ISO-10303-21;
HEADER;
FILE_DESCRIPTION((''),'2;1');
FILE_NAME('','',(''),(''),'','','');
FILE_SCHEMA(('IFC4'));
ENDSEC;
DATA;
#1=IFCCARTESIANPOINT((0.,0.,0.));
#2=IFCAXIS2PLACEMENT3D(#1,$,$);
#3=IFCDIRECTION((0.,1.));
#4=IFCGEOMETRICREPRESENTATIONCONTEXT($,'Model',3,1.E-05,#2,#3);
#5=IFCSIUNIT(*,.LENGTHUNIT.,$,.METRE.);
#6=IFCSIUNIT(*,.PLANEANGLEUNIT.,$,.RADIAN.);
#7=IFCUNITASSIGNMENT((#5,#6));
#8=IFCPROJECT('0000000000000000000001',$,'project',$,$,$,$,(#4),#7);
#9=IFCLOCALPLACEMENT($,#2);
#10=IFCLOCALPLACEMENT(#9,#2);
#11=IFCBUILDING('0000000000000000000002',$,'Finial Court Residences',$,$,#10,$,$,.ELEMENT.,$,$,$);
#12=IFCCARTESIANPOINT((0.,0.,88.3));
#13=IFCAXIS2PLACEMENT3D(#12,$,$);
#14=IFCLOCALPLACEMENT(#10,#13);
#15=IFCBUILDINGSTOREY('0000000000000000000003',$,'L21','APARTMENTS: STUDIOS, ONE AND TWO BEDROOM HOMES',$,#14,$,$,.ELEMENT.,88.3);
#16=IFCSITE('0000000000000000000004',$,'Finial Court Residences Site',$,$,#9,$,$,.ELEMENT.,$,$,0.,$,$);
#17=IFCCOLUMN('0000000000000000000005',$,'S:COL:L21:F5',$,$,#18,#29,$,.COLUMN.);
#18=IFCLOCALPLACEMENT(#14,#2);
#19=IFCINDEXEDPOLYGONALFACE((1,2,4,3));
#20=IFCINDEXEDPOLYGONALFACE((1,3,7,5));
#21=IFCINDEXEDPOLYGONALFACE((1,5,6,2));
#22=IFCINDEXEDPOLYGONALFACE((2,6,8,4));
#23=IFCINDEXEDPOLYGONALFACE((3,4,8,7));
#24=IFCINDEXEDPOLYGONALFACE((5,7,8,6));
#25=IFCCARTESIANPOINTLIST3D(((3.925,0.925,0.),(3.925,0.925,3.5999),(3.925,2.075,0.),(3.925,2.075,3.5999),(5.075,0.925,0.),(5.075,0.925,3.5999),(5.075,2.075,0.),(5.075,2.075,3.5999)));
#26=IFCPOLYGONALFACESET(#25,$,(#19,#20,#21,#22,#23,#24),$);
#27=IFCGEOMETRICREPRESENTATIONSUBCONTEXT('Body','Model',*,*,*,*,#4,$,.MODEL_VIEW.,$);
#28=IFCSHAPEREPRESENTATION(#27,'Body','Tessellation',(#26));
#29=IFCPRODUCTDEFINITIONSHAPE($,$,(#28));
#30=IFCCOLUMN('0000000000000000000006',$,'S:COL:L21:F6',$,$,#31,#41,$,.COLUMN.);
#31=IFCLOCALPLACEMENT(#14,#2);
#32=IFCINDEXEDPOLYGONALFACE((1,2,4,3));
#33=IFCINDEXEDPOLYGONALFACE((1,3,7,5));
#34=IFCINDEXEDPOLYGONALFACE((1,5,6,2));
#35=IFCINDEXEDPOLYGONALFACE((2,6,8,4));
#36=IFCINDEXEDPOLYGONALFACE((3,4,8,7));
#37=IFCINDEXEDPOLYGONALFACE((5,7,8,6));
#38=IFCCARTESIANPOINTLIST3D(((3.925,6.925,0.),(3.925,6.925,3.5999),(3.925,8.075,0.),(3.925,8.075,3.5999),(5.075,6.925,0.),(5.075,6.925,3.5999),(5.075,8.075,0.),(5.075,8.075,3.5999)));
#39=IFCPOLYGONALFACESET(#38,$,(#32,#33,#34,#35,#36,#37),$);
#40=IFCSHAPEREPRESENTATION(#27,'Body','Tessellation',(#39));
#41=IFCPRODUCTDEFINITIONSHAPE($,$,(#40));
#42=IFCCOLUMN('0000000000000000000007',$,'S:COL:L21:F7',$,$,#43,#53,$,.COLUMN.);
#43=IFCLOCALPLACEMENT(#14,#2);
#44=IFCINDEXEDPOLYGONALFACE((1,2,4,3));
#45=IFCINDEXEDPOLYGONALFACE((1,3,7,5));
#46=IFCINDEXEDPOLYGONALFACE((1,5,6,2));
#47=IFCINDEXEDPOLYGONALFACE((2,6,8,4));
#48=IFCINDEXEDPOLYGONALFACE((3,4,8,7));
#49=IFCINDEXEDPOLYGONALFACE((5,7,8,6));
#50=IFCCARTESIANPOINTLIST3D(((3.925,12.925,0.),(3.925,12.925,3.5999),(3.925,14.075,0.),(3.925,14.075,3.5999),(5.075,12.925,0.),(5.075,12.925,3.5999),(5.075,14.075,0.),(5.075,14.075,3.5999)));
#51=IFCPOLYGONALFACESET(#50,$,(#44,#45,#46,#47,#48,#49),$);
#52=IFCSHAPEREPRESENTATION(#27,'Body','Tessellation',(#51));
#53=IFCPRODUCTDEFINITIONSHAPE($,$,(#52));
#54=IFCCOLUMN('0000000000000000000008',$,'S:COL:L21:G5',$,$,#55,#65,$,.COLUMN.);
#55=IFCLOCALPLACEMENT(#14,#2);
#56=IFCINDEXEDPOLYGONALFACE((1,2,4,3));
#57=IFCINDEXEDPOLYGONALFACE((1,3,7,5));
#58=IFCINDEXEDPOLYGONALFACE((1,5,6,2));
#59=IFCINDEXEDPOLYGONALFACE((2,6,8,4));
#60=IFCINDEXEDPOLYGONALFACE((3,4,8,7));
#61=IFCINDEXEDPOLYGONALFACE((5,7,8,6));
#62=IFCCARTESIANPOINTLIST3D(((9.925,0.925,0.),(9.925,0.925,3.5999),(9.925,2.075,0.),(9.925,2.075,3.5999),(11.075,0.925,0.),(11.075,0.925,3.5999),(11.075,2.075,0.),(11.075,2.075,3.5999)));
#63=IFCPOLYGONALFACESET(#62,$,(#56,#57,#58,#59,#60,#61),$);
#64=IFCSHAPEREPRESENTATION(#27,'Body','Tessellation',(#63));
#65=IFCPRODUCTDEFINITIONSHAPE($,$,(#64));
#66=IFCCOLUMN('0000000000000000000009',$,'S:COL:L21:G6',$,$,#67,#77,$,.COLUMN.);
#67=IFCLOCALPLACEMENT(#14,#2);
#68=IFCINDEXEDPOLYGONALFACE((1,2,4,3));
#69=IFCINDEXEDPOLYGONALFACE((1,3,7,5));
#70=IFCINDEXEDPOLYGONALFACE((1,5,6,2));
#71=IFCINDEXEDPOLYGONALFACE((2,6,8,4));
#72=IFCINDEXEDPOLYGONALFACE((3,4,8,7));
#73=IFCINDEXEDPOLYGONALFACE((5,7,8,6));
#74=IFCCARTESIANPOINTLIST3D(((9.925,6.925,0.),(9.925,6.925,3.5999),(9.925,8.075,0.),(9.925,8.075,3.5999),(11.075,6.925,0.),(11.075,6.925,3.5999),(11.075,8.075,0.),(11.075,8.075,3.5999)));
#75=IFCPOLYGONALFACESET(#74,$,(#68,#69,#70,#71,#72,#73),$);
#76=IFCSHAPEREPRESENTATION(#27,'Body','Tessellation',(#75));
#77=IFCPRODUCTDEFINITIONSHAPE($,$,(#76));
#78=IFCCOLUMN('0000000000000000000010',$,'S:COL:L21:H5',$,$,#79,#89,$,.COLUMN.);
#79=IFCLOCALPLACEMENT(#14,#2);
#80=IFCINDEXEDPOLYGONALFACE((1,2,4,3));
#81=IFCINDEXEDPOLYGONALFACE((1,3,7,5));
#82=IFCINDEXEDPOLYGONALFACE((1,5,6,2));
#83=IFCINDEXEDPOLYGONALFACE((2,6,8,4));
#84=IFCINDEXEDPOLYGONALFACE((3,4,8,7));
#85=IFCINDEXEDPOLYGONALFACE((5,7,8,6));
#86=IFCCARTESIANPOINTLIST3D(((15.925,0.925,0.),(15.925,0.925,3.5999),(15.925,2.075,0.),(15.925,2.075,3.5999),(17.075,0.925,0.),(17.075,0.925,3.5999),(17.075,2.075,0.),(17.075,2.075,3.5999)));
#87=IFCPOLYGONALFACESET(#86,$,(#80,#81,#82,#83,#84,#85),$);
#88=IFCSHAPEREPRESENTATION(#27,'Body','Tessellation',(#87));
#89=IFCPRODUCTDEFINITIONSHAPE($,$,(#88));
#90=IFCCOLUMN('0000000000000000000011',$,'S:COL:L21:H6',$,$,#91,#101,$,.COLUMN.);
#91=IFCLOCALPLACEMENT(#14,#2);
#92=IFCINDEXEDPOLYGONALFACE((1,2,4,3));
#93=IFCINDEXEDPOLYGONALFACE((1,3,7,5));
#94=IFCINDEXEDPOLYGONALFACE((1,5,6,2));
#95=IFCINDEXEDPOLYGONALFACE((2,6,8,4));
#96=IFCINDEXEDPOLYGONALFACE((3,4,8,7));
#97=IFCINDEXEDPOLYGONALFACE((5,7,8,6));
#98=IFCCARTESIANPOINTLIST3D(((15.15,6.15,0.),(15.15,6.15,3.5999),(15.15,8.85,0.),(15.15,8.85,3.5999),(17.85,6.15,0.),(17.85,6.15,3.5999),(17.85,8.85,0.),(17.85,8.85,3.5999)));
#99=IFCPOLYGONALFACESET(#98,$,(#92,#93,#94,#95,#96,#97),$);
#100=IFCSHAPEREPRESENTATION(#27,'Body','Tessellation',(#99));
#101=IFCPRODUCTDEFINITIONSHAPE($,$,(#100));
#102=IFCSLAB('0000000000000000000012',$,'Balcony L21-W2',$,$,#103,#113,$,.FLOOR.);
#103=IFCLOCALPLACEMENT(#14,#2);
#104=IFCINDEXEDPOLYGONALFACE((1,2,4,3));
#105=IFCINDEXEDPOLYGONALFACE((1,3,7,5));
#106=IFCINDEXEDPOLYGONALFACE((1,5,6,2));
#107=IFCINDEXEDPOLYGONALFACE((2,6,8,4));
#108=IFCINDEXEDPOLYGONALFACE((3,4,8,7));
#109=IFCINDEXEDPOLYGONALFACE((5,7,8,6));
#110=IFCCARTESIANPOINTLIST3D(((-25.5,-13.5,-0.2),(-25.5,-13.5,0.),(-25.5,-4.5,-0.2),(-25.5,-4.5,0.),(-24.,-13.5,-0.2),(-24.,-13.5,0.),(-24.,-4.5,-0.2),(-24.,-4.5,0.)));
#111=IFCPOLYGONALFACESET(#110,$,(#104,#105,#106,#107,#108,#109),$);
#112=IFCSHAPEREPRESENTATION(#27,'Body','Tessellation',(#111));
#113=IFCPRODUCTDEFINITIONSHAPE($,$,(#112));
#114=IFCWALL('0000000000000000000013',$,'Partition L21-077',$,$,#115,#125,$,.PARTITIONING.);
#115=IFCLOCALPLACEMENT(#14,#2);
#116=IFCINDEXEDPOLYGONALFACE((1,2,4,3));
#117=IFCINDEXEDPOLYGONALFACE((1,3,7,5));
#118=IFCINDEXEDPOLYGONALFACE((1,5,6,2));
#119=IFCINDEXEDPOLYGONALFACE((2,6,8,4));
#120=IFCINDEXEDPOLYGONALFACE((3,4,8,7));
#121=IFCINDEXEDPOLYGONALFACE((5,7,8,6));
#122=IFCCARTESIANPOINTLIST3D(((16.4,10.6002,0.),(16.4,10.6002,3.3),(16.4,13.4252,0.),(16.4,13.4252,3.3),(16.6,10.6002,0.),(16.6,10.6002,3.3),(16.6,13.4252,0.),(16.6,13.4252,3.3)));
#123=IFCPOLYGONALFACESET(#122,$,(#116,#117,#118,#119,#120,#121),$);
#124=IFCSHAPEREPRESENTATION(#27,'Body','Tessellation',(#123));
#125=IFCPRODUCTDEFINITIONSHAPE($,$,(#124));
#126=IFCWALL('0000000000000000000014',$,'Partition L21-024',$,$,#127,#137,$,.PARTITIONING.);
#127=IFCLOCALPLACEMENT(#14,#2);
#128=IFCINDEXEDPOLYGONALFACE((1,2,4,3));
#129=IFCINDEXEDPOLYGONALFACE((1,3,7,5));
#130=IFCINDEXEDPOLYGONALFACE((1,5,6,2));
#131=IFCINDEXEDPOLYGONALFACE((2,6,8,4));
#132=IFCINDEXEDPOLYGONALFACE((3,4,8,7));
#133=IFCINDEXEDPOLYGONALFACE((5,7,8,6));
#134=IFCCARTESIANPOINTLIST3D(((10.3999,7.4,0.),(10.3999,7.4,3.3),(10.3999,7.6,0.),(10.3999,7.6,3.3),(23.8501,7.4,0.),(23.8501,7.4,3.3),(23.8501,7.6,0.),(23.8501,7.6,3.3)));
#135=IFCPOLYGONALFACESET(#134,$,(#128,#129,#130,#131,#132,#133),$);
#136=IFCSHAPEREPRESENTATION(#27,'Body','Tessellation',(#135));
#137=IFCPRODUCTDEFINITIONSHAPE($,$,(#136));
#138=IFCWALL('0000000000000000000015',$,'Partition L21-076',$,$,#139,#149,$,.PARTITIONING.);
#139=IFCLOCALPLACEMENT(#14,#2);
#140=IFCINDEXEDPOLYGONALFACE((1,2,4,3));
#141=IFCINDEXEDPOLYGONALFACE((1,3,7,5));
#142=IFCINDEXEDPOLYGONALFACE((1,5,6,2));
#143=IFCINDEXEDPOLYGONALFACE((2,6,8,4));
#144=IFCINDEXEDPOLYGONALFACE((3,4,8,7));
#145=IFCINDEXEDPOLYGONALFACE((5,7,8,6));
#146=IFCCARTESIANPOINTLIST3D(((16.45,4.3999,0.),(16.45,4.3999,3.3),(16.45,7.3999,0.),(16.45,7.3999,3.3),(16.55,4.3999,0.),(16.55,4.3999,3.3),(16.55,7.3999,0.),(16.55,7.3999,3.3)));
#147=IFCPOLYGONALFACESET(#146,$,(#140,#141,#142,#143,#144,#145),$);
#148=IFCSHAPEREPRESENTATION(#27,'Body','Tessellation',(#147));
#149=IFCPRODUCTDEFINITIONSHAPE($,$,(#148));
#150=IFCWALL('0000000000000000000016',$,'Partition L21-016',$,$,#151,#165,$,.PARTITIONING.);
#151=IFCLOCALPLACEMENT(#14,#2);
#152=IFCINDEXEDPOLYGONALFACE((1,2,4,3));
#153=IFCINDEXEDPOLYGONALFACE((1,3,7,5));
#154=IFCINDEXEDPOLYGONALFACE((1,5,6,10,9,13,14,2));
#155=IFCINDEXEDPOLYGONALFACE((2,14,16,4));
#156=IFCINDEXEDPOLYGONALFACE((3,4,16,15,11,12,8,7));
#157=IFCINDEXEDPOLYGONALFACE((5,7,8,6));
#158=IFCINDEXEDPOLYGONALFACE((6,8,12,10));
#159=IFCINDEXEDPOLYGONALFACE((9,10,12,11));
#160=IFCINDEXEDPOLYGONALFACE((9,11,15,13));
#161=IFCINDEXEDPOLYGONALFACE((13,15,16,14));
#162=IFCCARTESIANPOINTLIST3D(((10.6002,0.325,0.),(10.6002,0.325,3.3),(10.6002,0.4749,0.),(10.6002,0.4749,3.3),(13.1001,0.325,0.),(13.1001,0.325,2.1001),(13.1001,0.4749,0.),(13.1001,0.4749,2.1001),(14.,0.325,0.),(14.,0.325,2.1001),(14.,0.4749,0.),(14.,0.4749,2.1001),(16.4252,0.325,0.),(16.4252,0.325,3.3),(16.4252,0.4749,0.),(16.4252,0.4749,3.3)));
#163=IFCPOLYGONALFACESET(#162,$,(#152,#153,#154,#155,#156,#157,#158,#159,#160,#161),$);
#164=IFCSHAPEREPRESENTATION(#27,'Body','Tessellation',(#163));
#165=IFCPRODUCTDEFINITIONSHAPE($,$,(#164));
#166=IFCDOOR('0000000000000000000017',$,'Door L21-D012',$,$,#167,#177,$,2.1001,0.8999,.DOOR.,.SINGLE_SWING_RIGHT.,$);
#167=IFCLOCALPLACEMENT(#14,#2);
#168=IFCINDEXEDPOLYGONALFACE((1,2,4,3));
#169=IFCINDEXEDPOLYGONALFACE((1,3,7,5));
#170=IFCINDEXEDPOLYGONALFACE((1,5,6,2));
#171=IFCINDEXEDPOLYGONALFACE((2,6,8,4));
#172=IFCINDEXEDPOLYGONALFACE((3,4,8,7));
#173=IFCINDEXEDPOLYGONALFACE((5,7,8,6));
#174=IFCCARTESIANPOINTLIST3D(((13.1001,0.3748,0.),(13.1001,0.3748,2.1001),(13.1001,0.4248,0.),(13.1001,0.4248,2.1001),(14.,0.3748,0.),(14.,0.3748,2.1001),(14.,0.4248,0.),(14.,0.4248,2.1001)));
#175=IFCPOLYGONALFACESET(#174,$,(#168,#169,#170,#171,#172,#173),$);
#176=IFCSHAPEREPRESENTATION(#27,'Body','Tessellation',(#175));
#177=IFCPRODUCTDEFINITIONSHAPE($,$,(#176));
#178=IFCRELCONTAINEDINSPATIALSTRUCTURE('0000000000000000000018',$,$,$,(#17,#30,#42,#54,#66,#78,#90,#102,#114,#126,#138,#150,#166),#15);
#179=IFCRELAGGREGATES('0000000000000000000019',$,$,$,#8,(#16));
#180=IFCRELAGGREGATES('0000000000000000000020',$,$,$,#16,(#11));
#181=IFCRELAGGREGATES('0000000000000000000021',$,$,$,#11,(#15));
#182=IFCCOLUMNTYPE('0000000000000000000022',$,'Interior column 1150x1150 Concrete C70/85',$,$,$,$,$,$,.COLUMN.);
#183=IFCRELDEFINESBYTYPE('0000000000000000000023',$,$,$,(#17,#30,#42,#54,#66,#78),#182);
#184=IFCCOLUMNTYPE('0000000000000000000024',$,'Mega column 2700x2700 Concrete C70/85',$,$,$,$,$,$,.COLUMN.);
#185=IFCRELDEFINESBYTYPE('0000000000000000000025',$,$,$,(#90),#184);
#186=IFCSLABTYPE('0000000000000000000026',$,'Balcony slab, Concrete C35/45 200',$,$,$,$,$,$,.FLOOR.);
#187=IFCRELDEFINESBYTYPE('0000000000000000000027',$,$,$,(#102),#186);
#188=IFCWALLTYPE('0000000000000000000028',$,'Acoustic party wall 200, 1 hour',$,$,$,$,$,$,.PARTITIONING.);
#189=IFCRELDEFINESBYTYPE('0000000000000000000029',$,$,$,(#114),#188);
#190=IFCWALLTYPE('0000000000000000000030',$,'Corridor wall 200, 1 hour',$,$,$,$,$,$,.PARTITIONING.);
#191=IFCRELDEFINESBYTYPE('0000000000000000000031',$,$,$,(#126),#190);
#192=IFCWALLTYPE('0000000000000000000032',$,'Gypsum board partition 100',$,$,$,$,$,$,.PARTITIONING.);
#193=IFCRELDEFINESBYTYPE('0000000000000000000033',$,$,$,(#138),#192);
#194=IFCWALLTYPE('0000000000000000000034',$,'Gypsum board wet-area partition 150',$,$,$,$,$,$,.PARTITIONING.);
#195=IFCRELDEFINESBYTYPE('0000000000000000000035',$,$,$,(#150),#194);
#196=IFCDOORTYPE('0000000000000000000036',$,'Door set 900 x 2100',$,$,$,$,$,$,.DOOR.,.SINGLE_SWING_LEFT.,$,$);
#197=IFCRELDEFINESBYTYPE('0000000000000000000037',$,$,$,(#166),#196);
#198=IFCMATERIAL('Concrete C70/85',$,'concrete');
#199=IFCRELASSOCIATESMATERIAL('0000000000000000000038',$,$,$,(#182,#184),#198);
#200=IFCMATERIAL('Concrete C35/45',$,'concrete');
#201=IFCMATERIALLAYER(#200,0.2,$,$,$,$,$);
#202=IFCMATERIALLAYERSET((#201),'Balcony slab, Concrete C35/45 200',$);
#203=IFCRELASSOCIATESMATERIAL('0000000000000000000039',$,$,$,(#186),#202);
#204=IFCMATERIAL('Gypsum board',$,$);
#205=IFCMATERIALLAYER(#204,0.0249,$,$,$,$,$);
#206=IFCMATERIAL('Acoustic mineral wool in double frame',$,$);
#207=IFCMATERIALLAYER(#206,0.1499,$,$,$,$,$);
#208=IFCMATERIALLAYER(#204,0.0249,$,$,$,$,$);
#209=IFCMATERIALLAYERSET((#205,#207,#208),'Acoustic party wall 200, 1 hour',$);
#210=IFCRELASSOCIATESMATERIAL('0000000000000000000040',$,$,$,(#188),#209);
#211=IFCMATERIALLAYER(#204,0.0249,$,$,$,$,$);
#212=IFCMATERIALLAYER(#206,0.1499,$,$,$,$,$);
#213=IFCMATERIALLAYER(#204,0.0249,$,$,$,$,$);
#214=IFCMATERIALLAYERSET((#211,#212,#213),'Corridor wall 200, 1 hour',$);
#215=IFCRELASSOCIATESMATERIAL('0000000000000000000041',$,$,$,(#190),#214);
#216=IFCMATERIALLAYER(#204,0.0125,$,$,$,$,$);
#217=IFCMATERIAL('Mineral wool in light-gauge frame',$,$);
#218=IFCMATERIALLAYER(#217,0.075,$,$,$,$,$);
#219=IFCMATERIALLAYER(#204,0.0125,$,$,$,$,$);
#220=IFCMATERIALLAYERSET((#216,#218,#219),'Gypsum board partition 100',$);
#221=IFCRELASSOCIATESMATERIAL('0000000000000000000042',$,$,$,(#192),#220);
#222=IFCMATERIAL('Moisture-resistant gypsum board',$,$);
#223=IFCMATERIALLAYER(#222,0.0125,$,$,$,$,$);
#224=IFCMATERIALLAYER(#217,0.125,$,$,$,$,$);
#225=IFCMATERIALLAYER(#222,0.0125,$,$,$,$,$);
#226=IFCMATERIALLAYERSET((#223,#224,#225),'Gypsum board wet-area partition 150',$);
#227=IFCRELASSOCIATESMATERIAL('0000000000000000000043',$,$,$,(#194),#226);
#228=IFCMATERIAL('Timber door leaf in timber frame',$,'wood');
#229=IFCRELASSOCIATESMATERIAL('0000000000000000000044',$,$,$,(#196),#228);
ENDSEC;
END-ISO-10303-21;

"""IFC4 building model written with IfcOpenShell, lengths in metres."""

from ifc_helpers import new_model, si_unit, direction, frame, frame_2d, origin, origin_2d, place, context, subcontext, project, spatial, polyline, rectangle, outline, extrude, material, layer, layer_set, material_profile, profile_set, type_object, element, fill, save


model = new_model("IFC4")

# Units and contexts
model_context = context("Model", 3, precision=1e-05, world=origin(), true_north=direction((0.0, 1.0)))
body_context = subcontext(model_context, "Body", "Model", "MODEL_VIEW")
ifc_project = project(units=[si_unit("LENGTHUNIT", "METRE"), si_unit("PLANEANGLEUNIT", "RADIAN")], contexts=[model_context])

# Site, building, storey
site_placement = place(None, origin())
site = spatial("IfcSite", under=ifc_project, at=site_placement, Name="Finial Court Residences Site", CompositionType="ELEMENT", RefElevation=0.0)
building_placement = place(site_placement, origin())
building = spatial("IfcBuilding", under=site, at=building_placement, Name="Finial Court Residences", CompositionType="ELEMENT")
storey_placement = place(building_placement, frame((0.0, 0.0, 88.3)))
storey = spatial("IfcBuildingStorey", under=building, at=storey_placement, Name="L21", Description="APARTMENTS: STUDIOS, ONE AND TWO BEDROOM HOMES", CompositionType="ELEMENT", Elevation=88.3)

# Columns
ifc_material_1 = material(Name="Concrete C70/85", Category="concrete")
ifc_material_profile_1 = material_profile(ifc_material_1, rectangle(XDim=1.1499, YDim=1.1499, at=origin_2d()), Name="1150x1150")
ifc_profile_set_1 = profile_set([ifc_material_profile_1], Name="Concrete C70/85")
column_type_1 = type_object("IfcColumnType", Name="Interior column 1150x1150 Concrete C70/85", PredefinedType="COLUMN", material=ifc_profile_set_1)
for number, where, z_axis, x_axis, name in (
    (1, (4.5, 1.5, 0.0), (0.0, 0.0, 1.0), (1.0, 0.0, 0.0), "S:COL:L21:F5"),
    (2, (4.5, 7.5, 0.0), (0.0, 0.0, 1.0), (1.0, 0.0, 0.0), "S:COL:L21:F6"),
    (3, (4.5, 13.5, 0.0), (0.0, 0.0, 1.0), (1.0, 0.0, 0.0), "S:COL:L21:F7"),
    (4, (10.5, 1.5, 0.0), (0.0, 0.0, 1.0), (1.0, 0.0, 0.0), "S:COL:L21:G5"),
    (5, (10.5, 7.5, 0.0), (0.0, 0.0, 1.0), (1.0, 0.0, 0.0), "S:COL:L21:G6"),
    (6, (16.5, 1.5, 0.0), (0.0, 0.0, 1.0), (1.0, 0.0, 0.0), "S:COL:L21:H5"),
):
    element("IfcColumn", number, at=place(storey_placement, frame(where, z_axis=z_axis, x_axis=x_axis)), inside=storey, type_object=column_type_1, Name=name, PredefinedType="COLUMN", context=body_context, shape_type="SweptSolid", body=[
        extrude(rectangle(XDim=1.1499, YDim=1.1499, at=origin_2d()), origin(), (0.0, 0.0, 1.0), 3.5999),
    ])
ifc_material_profile_2 = material_profile(ifc_material_1, rectangle(XDim=2.7, YDim=2.7, at=origin_2d()), Name="2700x2700")
ifc_profile_set_2 = profile_set([ifc_material_profile_2], Name="Concrete C70/85")
column_type_2 = type_object("IfcColumnType", Name="Mega column 2700x2700 Concrete C70/85", PredefinedType="COLUMN", material=ifc_profile_set_2)
column_placement = place(storey_placement, frame((16.5, 7.5, 0.0), z_axis=(0.0, 0.0, 1.0), x_axis=(1.0, 0.0, 0.0)))
element("IfcColumn", 7, at=column_placement, inside=storey, type_object=column_type_2, Name="S:COL:L21:H6", PredefinedType="COLUMN", context=body_context, shape_type="SweptSolid", body=[
    extrude(rectangle(XDim=2.7, YDim=2.7, at=origin_2d()), origin(), (0.0, 0.0, 1.0), 3.5999),
])

# Slab
ifc_material_2 = material(Name="Concrete C35/45", Category="concrete")
ifc_layer_1 = layer(ifc_material_2, 0.2)
ifc_layer_set_1 = layer_set([ifc_layer_1], Name="Balcony slab, Concrete C35/45 200")
slab_type = type_object("IfcSlabType", Name="Balcony slab, Concrete C35/45 200", PredefinedType="FLOOR", material=ifc_layer_set_1)
slab_placement = place(storey_placement, frame((0.0, 0.0, -0.2)))
element("IfcSlab", 8, at=slab_placement, inside=storey, type_object=slab_type, Name="Balcony L21-W2", PredefinedType="FLOOR", context=body_context, shape_type="SweptSolid", body=[
    extrude(outline(polyline([(-24.0, -13.5), (-24.0, -4.5), (-25.5, -4.5), (-25.5, -13.5), (-24.0, -13.5)])), origin(), (0.0, 0.0, 1.0), 0.2),
])

# Walls
ifc_material_3 = material(Name="Gypsum board")
ifc_layer_2 = layer(ifc_material_3, 0.0249)
ifc_material_4 = material(Name="Acoustic mineral wool in double frame")
ifc_layer_3 = layer(ifc_material_4, 0.1499)
ifc_layer_4 = layer(ifc_material_3, 0.0249)
ifc_layer_set_2 = layer_set([ifc_layer_2, ifc_layer_3, ifc_layer_4], Name="Acoustic party wall 200, 1 hour")
wall_type_1 = type_object("IfcWallType", Name="Acoustic party wall 200, 1 hour", PredefinedType="PARTITIONING", material=ifc_layer_set_2)
wall_1_placement = place(storey_placement, frame((16.5, 10.6001, 0.0), z_axis=(0.0, 0.0, 1.0), x_axis=(0.0, 1.0, 0.0)))
element("IfcWall", 9, at=wall_1_placement, inside=storey, type_object=wall_type_1, Name="Partition L21-077", PredefinedType="PARTITIONING", context=body_context, shape_type="SweptSolid", body=[
    extrude(rectangle(XDim=2.825, YDim=0.2, at=frame_2d((1.4126, 0.0))), origin(), (0.0, 0.0, 1.0), 3.3),
])
ifc_layer_5 = layer(ifc_material_3, 0.0249)
ifc_layer_6 = layer(ifc_material_4, 0.1499)
ifc_layer_7 = layer(ifc_material_3, 0.0249)
ifc_layer_set_3 = layer_set([ifc_layer_5, ifc_layer_6, ifc_layer_7], Name="Corridor wall 200, 1 hour")
wall_type_2 = type_object("IfcWallType", Name="Corridor wall 200, 1 hour", PredefinedType="PARTITIONING", material=ifc_layer_set_3)
wall_2_placement = place(storey_placement, frame((10.3999, 7.5, 0.0), z_axis=(0.0, 0.0, 1.0), x_axis=(1.0, 0.0, 0.0)))
element("IfcWall", 10, at=wall_2_placement, inside=storey, type_object=wall_type_2, Name="Partition L21-024", PredefinedType="PARTITIONING", context=body_context, shape_type="SweptSolid", body=[
    extrude(rectangle(XDim=13.4502, YDim=0.2, at=frame_2d((6.7251, 0.0))), origin(), (0.0, 0.0, 1.0), 3.3),
])
ifc_layer_8 = layer(ifc_material_3, 0.0125)
ifc_material_5 = material(Name="Mineral wool in light-gauge frame")
ifc_layer_9 = layer(ifc_material_5, 0.075)
ifc_layer_10 = layer(ifc_material_3, 0.0125)
ifc_layer_set_4 = layer_set([ifc_layer_8, ifc_layer_9, ifc_layer_10], Name="Gypsum board partition 100")
wall_type_3 = type_object("IfcWallType", Name="Gypsum board partition 100", PredefinedType="PARTITIONING", material=ifc_layer_set_4)
wall_3_placement = place(storey_placement, frame((16.5, 4.3999, 0.0), z_axis=(0.0, 0.0, 1.0), x_axis=(0.0, 1.0, 0.0)))
element("IfcWall", 11, at=wall_3_placement, inside=storey, type_object=wall_type_3, Name="Partition L21-076", PredefinedType="PARTITIONING", context=body_context, shape_type="SweptSolid", body=[
    extrude(rectangle(XDim=3.0, YDim=0.1001, at=frame_2d((1.5, 0.0))), origin(), (0.0, 0.0, 1.0), 3.3),
])

# Wall, opening, door
ifc_material_6 = material(Name="Moisture-resistant gypsum board")
ifc_layer_11 = layer(ifc_material_6, 0.0125)
ifc_layer_12 = layer(ifc_material_5, 0.125)
ifc_layer_13 = layer(ifc_material_6, 0.0125)
ifc_layer_set_5 = layer_set([ifc_layer_11, ifc_layer_12, ifc_layer_13], Name="Gypsum board wet-area partition 150")
wall_type_4 = type_object("IfcWallType", Name="Gypsum board wet-area partition 150", PredefinedType="PARTITIONING", material=ifc_layer_set_5)
wall_4_placement = place(storey_placement, frame((10.6001, 0.3999, 0.0), z_axis=(0.0, 0.0, 1.0), x_axis=(1.0, 0.0, 0.0)))
wall_4 = element("IfcWall", 12, at=wall_4_placement, inside=storey, type_object=wall_type_4, Name="Partition L21-016", PredefinedType="PARTITIONING", context=body_context, shape_type="SweptSolid", body=[
    extrude(rectangle(XDim=5.825, YDim=0.1499, at=frame_2d((2.9126, 0.0))), origin(), (0.0, 0.0, 1.0), 3.3),
])
opening_1_placement = place(wall_4_placement, frame((2.5, 0.0, 0.0)))
opening_1 = element("IfcOpeningElement", 13, at=opening_1_placement, cuts=wall_4, PredefinedType="OPENING", context=body_context, shape_type="SweptSolid", body=[
    extrude(rectangle(XDim=0.8999, YDim=2.1001, at=frame_2d((0.45, 1.05))), frame((0.0, 0.085, 0.0), z_axis=(0.0, -1.0, 0.0), x_axis=(1.0, 0.0, 0.0)), (0.0, 0.0, 1.0), 0.1699),
])
ifc_material_7 = material(Name="Timber door leaf in timber frame", Category="wood")
door_type = type_object("IfcDoorType", Name="Door set 900 x 2100", OperationType="SINGLE_SWING_LEFT", PredefinedType="DOOR", material=ifc_material_7)
door_1_placement = place(opening_1_placement, origin())
door_1 = element("IfcDoor", 14, at=door_1_placement, inside=storey, type_object=door_type, Name="Door L21-D012", OperationType="SINGLE_SWING_RIGHT", OverallHeight=2.1001, OverallWidth=0.8999, PredefinedType="DOOR", context=body_context, shape_type="SweptSolid", body=[
    extrude(rectangle(XDim=0.8999, YDim=2.1001, at=frame_2d((0.45, 1.05))), frame((0.0, 0.0249, 0.0), z_axis=(0.0, -1.0, 0.0), x_axis=(1.0, 0.0, 0.0)), (0.0, 0.0, 1.0), 0.05),
])
fill(opening_1, door_1)

save(model, "model.ifc")
